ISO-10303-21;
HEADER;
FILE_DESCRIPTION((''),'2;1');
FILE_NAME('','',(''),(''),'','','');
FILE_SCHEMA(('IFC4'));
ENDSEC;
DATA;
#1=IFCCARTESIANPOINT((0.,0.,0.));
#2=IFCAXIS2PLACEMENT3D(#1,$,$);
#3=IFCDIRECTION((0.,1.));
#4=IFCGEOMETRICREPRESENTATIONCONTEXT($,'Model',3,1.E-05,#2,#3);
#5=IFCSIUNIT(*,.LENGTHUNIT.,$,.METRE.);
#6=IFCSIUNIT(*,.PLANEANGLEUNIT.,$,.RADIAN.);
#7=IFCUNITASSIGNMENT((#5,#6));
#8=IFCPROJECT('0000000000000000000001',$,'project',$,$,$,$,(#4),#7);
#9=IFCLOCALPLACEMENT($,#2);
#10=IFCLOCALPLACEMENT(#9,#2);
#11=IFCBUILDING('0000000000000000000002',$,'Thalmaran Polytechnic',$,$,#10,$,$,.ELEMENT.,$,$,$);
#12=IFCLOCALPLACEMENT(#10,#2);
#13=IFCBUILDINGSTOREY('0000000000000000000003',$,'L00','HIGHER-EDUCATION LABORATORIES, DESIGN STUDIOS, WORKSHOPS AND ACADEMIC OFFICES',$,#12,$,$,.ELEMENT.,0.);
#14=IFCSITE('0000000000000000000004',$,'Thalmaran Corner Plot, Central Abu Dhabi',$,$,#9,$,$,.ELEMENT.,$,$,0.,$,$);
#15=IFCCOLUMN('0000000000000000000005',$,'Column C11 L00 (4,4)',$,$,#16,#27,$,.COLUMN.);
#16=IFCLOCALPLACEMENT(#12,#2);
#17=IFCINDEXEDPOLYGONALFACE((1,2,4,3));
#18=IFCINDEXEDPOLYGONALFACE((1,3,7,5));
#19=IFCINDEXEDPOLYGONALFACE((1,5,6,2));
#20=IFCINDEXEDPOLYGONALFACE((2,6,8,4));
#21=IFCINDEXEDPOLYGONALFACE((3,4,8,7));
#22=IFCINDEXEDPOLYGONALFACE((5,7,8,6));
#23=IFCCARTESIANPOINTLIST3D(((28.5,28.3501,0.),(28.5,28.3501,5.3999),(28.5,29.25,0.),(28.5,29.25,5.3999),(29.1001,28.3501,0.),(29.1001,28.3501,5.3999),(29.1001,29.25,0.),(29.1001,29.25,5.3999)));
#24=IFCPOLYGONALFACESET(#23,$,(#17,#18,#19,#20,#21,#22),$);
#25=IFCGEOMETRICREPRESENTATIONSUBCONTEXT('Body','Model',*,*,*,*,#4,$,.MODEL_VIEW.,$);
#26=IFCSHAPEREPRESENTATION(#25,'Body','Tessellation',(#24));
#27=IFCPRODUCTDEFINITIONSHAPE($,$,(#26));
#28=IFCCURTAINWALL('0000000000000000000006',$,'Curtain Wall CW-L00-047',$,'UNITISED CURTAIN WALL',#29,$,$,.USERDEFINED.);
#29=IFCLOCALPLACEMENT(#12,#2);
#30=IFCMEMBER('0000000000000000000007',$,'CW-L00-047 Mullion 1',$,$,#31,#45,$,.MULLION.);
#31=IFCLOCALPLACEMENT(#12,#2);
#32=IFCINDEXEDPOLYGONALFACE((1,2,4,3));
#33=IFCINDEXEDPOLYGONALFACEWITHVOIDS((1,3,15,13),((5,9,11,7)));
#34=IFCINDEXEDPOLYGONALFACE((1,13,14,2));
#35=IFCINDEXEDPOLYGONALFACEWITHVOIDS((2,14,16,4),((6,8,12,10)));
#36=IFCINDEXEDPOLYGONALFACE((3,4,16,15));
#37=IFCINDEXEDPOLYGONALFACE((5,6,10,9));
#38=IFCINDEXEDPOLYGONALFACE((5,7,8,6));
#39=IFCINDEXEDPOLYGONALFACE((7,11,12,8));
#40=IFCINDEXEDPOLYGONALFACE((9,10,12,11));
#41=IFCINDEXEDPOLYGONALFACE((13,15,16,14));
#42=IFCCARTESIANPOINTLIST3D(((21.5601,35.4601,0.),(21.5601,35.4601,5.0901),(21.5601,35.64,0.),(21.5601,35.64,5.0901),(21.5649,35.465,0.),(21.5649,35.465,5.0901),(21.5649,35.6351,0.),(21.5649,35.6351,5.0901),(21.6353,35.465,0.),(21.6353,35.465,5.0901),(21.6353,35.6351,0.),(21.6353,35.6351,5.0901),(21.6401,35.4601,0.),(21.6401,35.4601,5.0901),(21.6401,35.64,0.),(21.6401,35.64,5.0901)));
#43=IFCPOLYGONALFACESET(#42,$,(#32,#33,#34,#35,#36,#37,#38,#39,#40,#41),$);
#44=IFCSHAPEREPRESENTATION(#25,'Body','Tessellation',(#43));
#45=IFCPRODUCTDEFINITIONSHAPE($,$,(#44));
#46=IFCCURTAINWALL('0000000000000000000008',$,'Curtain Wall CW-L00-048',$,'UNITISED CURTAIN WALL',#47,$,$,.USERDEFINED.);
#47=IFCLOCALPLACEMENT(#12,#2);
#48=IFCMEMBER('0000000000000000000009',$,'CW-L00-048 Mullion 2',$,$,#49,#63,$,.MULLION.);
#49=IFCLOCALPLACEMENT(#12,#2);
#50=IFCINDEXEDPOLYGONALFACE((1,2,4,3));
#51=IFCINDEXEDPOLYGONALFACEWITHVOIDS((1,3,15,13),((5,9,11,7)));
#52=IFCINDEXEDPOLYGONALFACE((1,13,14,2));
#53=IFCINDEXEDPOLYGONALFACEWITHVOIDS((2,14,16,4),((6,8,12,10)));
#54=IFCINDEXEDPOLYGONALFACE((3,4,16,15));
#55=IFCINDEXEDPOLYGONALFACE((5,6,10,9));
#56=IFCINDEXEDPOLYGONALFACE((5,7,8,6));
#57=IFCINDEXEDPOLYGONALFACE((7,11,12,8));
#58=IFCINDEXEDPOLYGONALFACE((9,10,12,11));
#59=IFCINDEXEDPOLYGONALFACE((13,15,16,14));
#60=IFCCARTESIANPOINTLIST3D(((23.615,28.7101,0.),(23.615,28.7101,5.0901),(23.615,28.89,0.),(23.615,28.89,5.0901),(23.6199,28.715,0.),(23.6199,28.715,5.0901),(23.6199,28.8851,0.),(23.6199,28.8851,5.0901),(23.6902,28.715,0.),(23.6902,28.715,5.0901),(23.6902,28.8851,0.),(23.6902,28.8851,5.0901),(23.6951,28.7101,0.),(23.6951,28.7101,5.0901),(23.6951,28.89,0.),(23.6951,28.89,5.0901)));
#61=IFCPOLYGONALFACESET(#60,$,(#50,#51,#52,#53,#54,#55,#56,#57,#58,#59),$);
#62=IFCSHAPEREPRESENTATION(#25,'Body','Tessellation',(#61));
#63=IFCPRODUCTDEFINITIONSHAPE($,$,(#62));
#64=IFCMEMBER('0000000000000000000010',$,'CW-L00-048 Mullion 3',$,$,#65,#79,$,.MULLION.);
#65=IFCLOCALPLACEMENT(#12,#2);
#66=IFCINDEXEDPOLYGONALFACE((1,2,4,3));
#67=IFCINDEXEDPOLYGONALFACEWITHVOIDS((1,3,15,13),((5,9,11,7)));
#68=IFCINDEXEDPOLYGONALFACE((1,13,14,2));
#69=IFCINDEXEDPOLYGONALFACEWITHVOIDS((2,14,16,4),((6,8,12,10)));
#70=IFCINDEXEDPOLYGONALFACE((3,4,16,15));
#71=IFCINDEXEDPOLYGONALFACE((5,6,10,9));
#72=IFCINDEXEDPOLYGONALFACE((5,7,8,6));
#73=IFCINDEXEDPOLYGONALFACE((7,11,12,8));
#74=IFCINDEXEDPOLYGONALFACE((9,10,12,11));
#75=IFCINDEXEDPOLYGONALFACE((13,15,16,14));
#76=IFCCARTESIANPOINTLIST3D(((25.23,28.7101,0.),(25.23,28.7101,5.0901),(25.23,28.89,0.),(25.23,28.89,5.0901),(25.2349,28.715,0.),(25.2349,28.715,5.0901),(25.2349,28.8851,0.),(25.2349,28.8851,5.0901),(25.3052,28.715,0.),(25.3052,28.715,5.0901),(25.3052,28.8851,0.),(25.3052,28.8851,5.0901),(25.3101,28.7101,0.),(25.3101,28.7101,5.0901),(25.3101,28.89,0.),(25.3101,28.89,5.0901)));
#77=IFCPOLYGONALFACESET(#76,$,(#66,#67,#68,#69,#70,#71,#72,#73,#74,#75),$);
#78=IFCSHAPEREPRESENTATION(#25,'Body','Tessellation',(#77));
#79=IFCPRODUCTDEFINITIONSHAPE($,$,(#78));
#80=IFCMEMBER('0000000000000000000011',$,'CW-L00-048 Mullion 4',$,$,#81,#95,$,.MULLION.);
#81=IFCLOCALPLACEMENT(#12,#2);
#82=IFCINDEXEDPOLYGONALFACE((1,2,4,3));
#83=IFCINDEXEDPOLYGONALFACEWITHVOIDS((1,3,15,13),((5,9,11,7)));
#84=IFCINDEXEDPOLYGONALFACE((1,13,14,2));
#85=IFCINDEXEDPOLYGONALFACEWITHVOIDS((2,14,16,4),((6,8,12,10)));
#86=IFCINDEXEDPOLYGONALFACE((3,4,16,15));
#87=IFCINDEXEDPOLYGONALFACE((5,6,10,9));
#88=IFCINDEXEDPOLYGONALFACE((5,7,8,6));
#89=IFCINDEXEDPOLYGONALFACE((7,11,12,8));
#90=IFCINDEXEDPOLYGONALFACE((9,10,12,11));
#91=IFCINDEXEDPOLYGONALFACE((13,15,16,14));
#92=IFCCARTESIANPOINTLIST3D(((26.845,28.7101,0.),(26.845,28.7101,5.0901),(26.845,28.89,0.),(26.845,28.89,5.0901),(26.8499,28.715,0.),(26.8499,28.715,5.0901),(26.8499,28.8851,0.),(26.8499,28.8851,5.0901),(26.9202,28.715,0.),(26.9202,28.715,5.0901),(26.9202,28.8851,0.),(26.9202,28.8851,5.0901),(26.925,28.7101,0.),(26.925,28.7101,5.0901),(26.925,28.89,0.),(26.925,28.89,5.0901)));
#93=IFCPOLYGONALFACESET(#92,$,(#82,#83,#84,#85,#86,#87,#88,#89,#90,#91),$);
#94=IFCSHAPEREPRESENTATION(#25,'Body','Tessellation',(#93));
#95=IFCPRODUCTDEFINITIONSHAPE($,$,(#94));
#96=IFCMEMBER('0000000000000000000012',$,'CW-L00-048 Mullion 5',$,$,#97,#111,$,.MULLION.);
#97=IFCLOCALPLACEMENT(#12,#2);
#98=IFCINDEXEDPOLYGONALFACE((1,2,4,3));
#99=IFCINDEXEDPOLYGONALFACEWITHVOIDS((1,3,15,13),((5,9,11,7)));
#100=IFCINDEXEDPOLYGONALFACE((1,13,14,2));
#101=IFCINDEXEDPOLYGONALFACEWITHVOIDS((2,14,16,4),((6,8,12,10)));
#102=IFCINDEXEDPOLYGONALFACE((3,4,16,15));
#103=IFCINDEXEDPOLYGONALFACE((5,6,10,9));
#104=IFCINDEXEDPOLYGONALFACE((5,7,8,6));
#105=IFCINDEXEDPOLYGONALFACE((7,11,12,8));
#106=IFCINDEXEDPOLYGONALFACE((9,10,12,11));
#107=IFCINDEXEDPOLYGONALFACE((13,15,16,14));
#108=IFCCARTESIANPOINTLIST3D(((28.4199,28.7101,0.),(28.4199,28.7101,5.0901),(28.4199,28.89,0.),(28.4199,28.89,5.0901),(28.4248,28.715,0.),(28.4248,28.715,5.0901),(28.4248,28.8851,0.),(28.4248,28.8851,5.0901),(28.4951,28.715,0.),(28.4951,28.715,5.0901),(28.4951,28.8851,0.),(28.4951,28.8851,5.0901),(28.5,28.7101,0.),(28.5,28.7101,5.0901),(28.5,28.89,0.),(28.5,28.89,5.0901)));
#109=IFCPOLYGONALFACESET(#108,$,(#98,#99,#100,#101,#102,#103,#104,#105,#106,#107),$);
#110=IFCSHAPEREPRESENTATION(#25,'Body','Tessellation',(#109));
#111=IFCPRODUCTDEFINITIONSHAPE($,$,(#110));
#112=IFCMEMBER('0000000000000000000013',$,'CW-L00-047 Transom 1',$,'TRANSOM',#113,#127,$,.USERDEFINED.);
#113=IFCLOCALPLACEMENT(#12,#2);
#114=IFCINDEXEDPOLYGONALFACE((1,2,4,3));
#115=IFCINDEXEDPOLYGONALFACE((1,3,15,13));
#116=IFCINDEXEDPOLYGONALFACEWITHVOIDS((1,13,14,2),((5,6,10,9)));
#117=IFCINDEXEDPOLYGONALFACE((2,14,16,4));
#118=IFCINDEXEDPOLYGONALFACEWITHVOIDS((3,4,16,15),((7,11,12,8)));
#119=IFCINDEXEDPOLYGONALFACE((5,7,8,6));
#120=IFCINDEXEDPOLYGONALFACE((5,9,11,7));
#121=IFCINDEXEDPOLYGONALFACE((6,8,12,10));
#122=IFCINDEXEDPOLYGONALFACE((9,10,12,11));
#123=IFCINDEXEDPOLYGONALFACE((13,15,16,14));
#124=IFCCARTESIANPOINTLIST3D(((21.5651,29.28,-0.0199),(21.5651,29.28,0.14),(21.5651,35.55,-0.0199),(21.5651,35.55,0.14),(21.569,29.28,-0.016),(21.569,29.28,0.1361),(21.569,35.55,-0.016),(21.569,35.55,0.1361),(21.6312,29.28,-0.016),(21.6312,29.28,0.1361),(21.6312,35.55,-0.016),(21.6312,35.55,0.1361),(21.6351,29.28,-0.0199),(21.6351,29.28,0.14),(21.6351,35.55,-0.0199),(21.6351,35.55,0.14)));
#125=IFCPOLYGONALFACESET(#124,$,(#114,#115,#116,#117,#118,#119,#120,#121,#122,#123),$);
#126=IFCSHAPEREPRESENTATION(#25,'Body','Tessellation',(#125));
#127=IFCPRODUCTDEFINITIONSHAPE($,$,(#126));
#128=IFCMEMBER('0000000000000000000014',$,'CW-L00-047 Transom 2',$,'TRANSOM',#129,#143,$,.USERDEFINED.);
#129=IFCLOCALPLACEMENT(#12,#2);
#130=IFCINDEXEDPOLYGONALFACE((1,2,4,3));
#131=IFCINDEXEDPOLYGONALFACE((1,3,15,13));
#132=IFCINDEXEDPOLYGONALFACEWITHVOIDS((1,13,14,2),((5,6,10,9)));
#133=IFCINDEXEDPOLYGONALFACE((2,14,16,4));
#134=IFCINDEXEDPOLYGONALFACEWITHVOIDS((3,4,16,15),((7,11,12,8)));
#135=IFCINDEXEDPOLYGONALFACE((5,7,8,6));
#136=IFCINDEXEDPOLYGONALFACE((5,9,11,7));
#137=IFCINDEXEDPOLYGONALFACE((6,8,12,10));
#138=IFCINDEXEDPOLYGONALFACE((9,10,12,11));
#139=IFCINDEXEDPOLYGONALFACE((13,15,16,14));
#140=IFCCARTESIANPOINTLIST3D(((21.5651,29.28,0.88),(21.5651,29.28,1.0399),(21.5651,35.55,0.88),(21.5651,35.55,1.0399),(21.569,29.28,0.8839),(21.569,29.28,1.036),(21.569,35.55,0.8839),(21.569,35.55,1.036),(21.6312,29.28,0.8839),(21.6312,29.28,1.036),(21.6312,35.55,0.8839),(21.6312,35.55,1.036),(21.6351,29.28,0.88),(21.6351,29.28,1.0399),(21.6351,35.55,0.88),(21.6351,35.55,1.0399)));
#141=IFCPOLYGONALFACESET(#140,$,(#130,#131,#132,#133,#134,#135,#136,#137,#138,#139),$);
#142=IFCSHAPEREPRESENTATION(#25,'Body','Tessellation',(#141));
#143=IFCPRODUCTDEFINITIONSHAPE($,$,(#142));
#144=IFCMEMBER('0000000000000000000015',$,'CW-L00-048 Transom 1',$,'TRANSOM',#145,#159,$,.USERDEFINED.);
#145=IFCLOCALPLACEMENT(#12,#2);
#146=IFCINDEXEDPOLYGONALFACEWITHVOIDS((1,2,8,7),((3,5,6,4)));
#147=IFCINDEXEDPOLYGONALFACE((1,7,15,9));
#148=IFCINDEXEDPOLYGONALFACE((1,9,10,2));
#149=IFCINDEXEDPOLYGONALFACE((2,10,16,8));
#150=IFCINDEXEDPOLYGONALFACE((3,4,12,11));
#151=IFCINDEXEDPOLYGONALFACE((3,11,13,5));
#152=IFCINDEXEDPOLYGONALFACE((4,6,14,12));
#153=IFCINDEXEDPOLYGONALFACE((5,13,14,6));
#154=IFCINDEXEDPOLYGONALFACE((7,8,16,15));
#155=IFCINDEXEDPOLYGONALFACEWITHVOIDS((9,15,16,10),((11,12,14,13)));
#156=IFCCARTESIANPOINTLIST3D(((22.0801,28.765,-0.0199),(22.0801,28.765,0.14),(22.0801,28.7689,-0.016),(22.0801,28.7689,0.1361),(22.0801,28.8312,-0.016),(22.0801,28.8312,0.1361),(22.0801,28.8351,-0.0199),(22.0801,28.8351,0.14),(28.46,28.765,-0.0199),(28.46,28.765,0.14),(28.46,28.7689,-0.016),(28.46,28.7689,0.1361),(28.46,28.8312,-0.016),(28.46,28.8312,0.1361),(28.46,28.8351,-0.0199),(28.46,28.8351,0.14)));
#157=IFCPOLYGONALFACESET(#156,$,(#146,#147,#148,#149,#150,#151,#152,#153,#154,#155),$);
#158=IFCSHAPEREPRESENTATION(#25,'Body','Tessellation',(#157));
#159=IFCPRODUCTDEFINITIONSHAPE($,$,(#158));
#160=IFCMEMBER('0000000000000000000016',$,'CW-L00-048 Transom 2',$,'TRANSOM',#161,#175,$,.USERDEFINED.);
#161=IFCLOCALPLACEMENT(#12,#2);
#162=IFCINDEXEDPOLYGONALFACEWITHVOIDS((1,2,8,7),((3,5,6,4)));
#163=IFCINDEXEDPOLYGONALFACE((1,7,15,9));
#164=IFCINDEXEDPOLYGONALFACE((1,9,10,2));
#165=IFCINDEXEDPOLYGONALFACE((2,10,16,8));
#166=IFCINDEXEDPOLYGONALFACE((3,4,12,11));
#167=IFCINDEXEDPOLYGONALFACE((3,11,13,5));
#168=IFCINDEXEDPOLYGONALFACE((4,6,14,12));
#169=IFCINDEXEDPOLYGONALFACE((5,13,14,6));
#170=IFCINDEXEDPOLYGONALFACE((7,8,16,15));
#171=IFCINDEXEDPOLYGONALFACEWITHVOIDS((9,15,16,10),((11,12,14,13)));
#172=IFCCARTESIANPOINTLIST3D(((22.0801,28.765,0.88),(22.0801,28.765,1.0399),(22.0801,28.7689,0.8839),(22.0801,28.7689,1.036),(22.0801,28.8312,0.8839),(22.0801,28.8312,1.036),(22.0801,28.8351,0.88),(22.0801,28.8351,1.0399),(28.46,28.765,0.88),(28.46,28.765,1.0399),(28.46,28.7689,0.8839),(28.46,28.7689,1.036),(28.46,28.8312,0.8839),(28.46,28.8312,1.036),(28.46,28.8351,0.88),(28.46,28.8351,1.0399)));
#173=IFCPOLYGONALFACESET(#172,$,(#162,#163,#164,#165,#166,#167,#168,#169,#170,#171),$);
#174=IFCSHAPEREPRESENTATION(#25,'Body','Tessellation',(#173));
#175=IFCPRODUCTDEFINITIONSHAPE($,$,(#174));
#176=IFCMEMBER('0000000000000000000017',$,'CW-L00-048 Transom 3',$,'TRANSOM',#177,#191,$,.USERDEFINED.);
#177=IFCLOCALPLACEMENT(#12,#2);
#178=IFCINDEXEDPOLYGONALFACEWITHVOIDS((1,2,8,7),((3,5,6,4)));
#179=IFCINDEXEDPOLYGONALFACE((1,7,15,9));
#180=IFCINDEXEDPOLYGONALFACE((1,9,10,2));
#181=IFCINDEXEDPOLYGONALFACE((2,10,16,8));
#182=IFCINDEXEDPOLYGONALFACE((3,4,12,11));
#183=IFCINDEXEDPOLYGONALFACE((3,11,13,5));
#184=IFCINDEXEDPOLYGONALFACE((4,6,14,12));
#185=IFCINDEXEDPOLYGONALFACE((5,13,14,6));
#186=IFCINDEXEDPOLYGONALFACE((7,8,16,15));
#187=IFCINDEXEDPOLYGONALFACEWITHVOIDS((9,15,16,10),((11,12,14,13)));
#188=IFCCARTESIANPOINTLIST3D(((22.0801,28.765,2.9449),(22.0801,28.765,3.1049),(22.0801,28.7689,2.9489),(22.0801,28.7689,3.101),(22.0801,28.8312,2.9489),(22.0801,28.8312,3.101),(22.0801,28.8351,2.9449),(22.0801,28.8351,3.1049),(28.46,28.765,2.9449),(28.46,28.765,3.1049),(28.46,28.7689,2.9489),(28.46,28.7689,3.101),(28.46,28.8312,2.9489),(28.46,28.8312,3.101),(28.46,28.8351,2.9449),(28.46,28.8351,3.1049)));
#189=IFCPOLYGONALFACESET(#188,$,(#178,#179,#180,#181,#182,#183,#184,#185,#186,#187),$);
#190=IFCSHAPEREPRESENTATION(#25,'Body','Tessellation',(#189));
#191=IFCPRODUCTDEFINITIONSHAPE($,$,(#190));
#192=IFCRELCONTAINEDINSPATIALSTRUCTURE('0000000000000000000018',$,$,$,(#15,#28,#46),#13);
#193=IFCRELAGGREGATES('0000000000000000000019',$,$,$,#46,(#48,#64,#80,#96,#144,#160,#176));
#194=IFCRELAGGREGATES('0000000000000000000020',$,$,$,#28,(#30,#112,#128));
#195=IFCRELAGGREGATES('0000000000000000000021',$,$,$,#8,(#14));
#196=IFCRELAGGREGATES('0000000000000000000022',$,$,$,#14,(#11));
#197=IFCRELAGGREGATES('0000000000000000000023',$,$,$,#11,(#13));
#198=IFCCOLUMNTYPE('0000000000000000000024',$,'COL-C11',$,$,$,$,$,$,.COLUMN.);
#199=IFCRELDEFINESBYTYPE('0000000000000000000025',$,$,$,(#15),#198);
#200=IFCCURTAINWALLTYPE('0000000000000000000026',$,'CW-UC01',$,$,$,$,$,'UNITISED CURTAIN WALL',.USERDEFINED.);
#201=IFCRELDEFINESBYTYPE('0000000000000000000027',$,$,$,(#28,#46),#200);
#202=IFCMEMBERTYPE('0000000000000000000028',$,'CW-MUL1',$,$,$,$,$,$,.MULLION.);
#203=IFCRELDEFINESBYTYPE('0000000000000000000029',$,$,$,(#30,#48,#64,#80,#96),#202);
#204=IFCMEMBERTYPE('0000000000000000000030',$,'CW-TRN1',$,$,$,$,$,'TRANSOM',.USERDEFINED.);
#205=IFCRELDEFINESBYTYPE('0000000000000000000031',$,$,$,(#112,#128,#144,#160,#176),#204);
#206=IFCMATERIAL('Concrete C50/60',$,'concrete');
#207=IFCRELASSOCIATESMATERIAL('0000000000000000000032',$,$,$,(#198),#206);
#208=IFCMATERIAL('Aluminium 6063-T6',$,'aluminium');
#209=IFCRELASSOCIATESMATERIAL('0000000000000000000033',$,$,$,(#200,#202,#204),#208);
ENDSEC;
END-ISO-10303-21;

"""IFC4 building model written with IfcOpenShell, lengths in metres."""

from ifc_helpers import new_model, si_unit, direction, frame, origin, origin_2d, place, context, subcontext, project, spatial, rectangle, hollow_rectangle, extrude, material, material_profile, profile_set, type_object, element, aggregate, save


model = new_model("IFC4")

# Units and contexts
model_context = context("Model", 3, precision=1e-05, world=origin(), true_north=direction((0.0, 1.0)))
body_context = subcontext(model_context, "Body", "Model", "MODEL_VIEW")
ifc_project = project(units=[si_unit("LENGTHUNIT", "METRE"), si_unit("PLANEANGLEUNIT", "RADIAN")], contexts=[model_context])

# Site, building, storey
site_placement = place(None, origin())
site = spatial("IfcSite", under=ifc_project, at=site_placement, Name="Thalmaran Corner Plot, Central Abu Dhabi", CompositionType="ELEMENT", RefElevation=0.0)
building_placement = place(site_placement, origin())
building = spatial("IfcBuilding", under=site, at=building_placement, Name="Thalmaran Polytechnic", CompositionType="ELEMENT")
storey_placement = place(building_placement, origin())
storey = spatial("IfcBuildingStorey", under=building, at=storey_placement, Name="L00", Description="HIGHER-EDUCATION LABORATORIES, DESIGN STUDIOS, WORKSHOPS AND ACADEMIC OFFICES", CompositionType="ELEMENT", Elevation=0.0)

# Column
ifc_material_1 = material(Name="Concrete C50/60", Category="concrete")
ifc_material_profile_1 = material_profile(ifc_material_1, rectangle(XDim=0.6001, YDim=0.8999, at=origin_2d()), Name="RC 600x900")
ifc_profile_set_1 = profile_set([ifc_material_profile_1], Name="Concrete C50/60")
column_type = type_object("IfcColumnType", Name="COL-C11", PredefinedType="COLUMN", material=ifc_profile_set_1)
column_placement = place(storey_placement, frame((28.8, 28.8, 0.0), z_axis=(0.0, 0.0, 1.0), x_axis=(1.0, 0.0, 0.0)))
element("IfcColumn", 1, at=column_placement, inside=storey, type_object=column_type, Name="Column C11 L00 (4,4)", PredefinedType="COLUMN", context=body_context, shape_type="SweptSolid", body=[
    extrude(rectangle(XDim=0.6001, YDim=0.8999, at=origin_2d()), origin(), (0.0, 0.0, 1.0), 5.3999),
])

# Curtain wall, member
ifc_material_2 = material(Name="Aluminium 6063-T6", Category="aluminium")
curtain_wall_type = type_object("IfcCurtainWallType", Name="CW-UC01", ElementType="UNITISED CURTAIN WALL", PredefinedType="USERDEFINED", material=ifc_material_2)
curtain_wall_1_placement = place(storey_placement, origin())
curtain_wall_1 = element("IfcCurtainWall", 2, at=curtain_wall_1_placement, inside=storey, type_object=curtain_wall_type, Name="Curtain Wall CW-L00-047", ObjectType="UNITISED CURTAIN WALL", PredefinedType="USERDEFINED")
ifc_material_profile_2 = material_profile(ifc_material_2, hollow_rectangle(XDim=0.0801, YDim=0.1799, WallThickness=0.0049, at=origin_2d()), Name="RHS 180x80x5.0")
ifc_profile_set_2 = profile_set([ifc_material_profile_2], Name="Aluminium 6063-T6")
member_type_1 = type_object("IfcMemberType", Name="CW-MUL1", PredefinedType="MULLION", material=ifc_profile_set_2)
member_1_placement = place(storey_placement, frame((21.6001, 35.55, 0.0), z_axis=(0.0, 0.0, 1.0), x_axis=(1.0, 0.0, 0.0)))
member_1 = element("IfcMember", 3, at=member_1_placement, type_object=member_type_1, Name="CW-L00-047 Mullion 1", PredefinedType="MULLION", context=body_context, shape_type="SweptSolid", body=[
    extrude(hollow_rectangle(XDim=0.0801, YDim=0.1799, WallThickness=0.0049, at=origin_2d()), origin(), (0.0, 0.0, 1.0), 5.0901),
])

# Curtain wall, members
curtain_wall_2_placement = place(storey_placement, origin())
curtain_wall_2 = element("IfcCurtainWall", 4, at=curtain_wall_2_placement, inside=storey, type_object=curtain_wall_type, Name="Curtain Wall CW-L00-048", ObjectType="UNITISED CURTAIN WALL", PredefinedType="USERDEFINED")
member_2_placement = place(storey_placement, frame((23.655, 28.8, 0.0), z_axis=(0.0, 0.0, 1.0), x_axis=(1.0, 0.0, 0.0)))
member_2 = element("IfcMember", 5, at=member_2_placement, type_object=member_type_1, Name="CW-L00-048 Mullion 2", PredefinedType="MULLION", context=body_context, shape_type="SweptSolid", body=[
    extrude(hollow_rectangle(XDim=0.0801, YDim=0.1799, WallThickness=0.0049, at=origin_2d()), origin(), (0.0, 0.0, 1.0), 5.0901),
])
member_3_placement = place(storey_placement, frame((25.27, 28.8, 0.0), z_axis=(0.0, 0.0, 1.0), x_axis=(1.0, 0.0, 0.0)))
member_3 = element("IfcMember", 6, at=member_3_placement, type_object=member_type_1, Name="CW-L00-048 Mullion 3", PredefinedType="MULLION", context=body_context, shape_type="SweptSolid", body=[
    extrude(hollow_rectangle(XDim=0.0801, YDim=0.1799, WallThickness=0.0049, at=origin_2d()), origin(), (0.0, 0.0, 1.0), 5.0901),
])
member_4_placement = place(storey_placement, frame((26.885, 28.8, 0.0), z_axis=(0.0, 0.0, 1.0), x_axis=(1.0, 0.0, 0.0)))
member_4 = element("IfcMember", 7, at=member_4_placement, type_object=member_type_1, Name="CW-L00-048 Mullion 4", PredefinedType="MULLION", context=body_context, shape_type="SweptSolid", body=[
    extrude(hollow_rectangle(XDim=0.0801, YDim=0.1799, WallThickness=0.0049, at=origin_2d()), origin(), (0.0, 0.0, 1.0), 5.0901),
])
member_5_placement = place(storey_placement, frame((28.46, 28.8, 0.0), z_axis=(0.0, 0.0, 1.0), x_axis=(1.0, 0.0, 0.0)))
member_5 = element("IfcMember", 8, at=member_5_placement, type_object=member_type_1, Name="CW-L00-048 Mullion 5", PredefinedType="MULLION", context=body_context, shape_type="SweptSolid", body=[
    extrude(hollow_rectangle(XDim=0.0801, YDim=0.1799, WallThickness=0.0049, at=origin_2d()), origin(), (0.0, 0.0, 1.0), 5.0901),
])

# Members
ifc_material_profile_3 = material_profile(ifc_material_2, hollow_rectangle(XDim=0.0701, YDim=0.1599, WallThickness=0.0039, at=origin_2d()), Name="AL 160x70x4.0")
ifc_profile_set_3 = profile_set([ifc_material_profile_3], Name="Aluminium 6063-T6")
member_type_2 = type_object("IfcMemberType", Name="CW-TRN1", ElementType="TRANSOM", PredefinedType="USERDEFINED", material=ifc_profile_set_3)
member_6_placement = place(storey_placement, frame((21.6001, 35.55, 0.0601), z_axis=(0.0, -1.0, 0.0), x_axis=(1.0, 0.0, 0.0)))
member_6 = element("IfcMember", 9, at=member_6_placement, type_object=member_type_2, Name="CW-L00-047 Transom 1", ObjectType="TRANSOM", PredefinedType="USERDEFINED", context=body_context, shape_type="SweptSolid", body=[
    extrude(hollow_rectangle(XDim=0.0701, YDim=0.1599, WallThickness=0.0039, at=origin_2d()), origin(), (0.0, 0.0, 1.0), 6.27),
])
member_7_placement = place(storey_placement, frame((21.6001, 35.55, 0.96), z_axis=(0.0, -1.0, 0.0), x_axis=(1.0, 0.0, 0.0)))
member_7 = element("IfcMember", 10, at=member_7_placement, type_object=member_type_2, Name="CW-L00-047 Transom 2", ObjectType="TRANSOM", PredefinedType="USERDEFINED", context=body_context, shape_type="SweptSolid", body=[
    extrude(hollow_rectangle(XDim=0.0701, YDim=0.1599, WallThickness=0.0039, at=origin_2d()), origin(), (0.0, 0.0, 1.0), 6.27),
])
member_8_placement = place(storey_placement, frame((22.0801, 28.8, 0.0601), z_axis=(1.0, 0.0, 0.0), x_axis=(0.0, 1.0, 0.0)))
member_8 = element("IfcMember", 11, at=member_8_placement, type_object=member_type_2, Name="CW-L00-048 Transom 1", ObjectType="TRANSOM", PredefinedType="USERDEFINED", context=body_context, shape_type="SweptSolid", body=[
    extrude(hollow_rectangle(XDim=0.0701, YDim=0.1599, WallThickness=0.0039, at=origin_2d()), origin(), (0.0, 0.0, 1.0), 6.3799),
])
member_9_placement = place(storey_placement, frame((22.0801, 28.8, 0.96), z_axis=(1.0, 0.0, 0.0), x_axis=(0.0, 1.0, 0.0)))
member_9 = element("IfcMember", 12, at=member_9_placement, type_object=member_type_2, Name="CW-L00-048 Transom 2", ObjectType="TRANSOM", PredefinedType="USERDEFINED", context=body_context, shape_type="SweptSolid", body=[
    extrude(hollow_rectangle(XDim=0.0701, YDim=0.1599, WallThickness=0.0039, at=origin_2d()), origin(), (0.0, 0.0, 1.0), 6.3799),
])
member_10_placement = place(storey_placement, frame((22.0801, 28.8, 3.0249), z_axis=(1.0, 0.0, 0.0), x_axis=(0.0, 1.0, 0.0)))
member_10 = element("IfcMember", 13, at=member_10_placement, type_object=member_type_2, Name="CW-L00-048 Transom 3", ObjectType="TRANSOM", PredefinedType="USERDEFINED", context=body_context, shape_type="SweptSolid", body=[
    extrude(hollow_rectangle(XDim=0.0701, YDim=0.1599, WallThickness=0.0039, at=origin_2d()), origin(), (0.0, 0.0, 1.0), 6.3799),
])

aggregate(curtain_wall_2, [member_2, member_3, member_4, member_5, member_8, member_9, member_10])
aggregate(curtain_wall_1, [member_1, member_6, member_7])

save(model, "model.ifc")
